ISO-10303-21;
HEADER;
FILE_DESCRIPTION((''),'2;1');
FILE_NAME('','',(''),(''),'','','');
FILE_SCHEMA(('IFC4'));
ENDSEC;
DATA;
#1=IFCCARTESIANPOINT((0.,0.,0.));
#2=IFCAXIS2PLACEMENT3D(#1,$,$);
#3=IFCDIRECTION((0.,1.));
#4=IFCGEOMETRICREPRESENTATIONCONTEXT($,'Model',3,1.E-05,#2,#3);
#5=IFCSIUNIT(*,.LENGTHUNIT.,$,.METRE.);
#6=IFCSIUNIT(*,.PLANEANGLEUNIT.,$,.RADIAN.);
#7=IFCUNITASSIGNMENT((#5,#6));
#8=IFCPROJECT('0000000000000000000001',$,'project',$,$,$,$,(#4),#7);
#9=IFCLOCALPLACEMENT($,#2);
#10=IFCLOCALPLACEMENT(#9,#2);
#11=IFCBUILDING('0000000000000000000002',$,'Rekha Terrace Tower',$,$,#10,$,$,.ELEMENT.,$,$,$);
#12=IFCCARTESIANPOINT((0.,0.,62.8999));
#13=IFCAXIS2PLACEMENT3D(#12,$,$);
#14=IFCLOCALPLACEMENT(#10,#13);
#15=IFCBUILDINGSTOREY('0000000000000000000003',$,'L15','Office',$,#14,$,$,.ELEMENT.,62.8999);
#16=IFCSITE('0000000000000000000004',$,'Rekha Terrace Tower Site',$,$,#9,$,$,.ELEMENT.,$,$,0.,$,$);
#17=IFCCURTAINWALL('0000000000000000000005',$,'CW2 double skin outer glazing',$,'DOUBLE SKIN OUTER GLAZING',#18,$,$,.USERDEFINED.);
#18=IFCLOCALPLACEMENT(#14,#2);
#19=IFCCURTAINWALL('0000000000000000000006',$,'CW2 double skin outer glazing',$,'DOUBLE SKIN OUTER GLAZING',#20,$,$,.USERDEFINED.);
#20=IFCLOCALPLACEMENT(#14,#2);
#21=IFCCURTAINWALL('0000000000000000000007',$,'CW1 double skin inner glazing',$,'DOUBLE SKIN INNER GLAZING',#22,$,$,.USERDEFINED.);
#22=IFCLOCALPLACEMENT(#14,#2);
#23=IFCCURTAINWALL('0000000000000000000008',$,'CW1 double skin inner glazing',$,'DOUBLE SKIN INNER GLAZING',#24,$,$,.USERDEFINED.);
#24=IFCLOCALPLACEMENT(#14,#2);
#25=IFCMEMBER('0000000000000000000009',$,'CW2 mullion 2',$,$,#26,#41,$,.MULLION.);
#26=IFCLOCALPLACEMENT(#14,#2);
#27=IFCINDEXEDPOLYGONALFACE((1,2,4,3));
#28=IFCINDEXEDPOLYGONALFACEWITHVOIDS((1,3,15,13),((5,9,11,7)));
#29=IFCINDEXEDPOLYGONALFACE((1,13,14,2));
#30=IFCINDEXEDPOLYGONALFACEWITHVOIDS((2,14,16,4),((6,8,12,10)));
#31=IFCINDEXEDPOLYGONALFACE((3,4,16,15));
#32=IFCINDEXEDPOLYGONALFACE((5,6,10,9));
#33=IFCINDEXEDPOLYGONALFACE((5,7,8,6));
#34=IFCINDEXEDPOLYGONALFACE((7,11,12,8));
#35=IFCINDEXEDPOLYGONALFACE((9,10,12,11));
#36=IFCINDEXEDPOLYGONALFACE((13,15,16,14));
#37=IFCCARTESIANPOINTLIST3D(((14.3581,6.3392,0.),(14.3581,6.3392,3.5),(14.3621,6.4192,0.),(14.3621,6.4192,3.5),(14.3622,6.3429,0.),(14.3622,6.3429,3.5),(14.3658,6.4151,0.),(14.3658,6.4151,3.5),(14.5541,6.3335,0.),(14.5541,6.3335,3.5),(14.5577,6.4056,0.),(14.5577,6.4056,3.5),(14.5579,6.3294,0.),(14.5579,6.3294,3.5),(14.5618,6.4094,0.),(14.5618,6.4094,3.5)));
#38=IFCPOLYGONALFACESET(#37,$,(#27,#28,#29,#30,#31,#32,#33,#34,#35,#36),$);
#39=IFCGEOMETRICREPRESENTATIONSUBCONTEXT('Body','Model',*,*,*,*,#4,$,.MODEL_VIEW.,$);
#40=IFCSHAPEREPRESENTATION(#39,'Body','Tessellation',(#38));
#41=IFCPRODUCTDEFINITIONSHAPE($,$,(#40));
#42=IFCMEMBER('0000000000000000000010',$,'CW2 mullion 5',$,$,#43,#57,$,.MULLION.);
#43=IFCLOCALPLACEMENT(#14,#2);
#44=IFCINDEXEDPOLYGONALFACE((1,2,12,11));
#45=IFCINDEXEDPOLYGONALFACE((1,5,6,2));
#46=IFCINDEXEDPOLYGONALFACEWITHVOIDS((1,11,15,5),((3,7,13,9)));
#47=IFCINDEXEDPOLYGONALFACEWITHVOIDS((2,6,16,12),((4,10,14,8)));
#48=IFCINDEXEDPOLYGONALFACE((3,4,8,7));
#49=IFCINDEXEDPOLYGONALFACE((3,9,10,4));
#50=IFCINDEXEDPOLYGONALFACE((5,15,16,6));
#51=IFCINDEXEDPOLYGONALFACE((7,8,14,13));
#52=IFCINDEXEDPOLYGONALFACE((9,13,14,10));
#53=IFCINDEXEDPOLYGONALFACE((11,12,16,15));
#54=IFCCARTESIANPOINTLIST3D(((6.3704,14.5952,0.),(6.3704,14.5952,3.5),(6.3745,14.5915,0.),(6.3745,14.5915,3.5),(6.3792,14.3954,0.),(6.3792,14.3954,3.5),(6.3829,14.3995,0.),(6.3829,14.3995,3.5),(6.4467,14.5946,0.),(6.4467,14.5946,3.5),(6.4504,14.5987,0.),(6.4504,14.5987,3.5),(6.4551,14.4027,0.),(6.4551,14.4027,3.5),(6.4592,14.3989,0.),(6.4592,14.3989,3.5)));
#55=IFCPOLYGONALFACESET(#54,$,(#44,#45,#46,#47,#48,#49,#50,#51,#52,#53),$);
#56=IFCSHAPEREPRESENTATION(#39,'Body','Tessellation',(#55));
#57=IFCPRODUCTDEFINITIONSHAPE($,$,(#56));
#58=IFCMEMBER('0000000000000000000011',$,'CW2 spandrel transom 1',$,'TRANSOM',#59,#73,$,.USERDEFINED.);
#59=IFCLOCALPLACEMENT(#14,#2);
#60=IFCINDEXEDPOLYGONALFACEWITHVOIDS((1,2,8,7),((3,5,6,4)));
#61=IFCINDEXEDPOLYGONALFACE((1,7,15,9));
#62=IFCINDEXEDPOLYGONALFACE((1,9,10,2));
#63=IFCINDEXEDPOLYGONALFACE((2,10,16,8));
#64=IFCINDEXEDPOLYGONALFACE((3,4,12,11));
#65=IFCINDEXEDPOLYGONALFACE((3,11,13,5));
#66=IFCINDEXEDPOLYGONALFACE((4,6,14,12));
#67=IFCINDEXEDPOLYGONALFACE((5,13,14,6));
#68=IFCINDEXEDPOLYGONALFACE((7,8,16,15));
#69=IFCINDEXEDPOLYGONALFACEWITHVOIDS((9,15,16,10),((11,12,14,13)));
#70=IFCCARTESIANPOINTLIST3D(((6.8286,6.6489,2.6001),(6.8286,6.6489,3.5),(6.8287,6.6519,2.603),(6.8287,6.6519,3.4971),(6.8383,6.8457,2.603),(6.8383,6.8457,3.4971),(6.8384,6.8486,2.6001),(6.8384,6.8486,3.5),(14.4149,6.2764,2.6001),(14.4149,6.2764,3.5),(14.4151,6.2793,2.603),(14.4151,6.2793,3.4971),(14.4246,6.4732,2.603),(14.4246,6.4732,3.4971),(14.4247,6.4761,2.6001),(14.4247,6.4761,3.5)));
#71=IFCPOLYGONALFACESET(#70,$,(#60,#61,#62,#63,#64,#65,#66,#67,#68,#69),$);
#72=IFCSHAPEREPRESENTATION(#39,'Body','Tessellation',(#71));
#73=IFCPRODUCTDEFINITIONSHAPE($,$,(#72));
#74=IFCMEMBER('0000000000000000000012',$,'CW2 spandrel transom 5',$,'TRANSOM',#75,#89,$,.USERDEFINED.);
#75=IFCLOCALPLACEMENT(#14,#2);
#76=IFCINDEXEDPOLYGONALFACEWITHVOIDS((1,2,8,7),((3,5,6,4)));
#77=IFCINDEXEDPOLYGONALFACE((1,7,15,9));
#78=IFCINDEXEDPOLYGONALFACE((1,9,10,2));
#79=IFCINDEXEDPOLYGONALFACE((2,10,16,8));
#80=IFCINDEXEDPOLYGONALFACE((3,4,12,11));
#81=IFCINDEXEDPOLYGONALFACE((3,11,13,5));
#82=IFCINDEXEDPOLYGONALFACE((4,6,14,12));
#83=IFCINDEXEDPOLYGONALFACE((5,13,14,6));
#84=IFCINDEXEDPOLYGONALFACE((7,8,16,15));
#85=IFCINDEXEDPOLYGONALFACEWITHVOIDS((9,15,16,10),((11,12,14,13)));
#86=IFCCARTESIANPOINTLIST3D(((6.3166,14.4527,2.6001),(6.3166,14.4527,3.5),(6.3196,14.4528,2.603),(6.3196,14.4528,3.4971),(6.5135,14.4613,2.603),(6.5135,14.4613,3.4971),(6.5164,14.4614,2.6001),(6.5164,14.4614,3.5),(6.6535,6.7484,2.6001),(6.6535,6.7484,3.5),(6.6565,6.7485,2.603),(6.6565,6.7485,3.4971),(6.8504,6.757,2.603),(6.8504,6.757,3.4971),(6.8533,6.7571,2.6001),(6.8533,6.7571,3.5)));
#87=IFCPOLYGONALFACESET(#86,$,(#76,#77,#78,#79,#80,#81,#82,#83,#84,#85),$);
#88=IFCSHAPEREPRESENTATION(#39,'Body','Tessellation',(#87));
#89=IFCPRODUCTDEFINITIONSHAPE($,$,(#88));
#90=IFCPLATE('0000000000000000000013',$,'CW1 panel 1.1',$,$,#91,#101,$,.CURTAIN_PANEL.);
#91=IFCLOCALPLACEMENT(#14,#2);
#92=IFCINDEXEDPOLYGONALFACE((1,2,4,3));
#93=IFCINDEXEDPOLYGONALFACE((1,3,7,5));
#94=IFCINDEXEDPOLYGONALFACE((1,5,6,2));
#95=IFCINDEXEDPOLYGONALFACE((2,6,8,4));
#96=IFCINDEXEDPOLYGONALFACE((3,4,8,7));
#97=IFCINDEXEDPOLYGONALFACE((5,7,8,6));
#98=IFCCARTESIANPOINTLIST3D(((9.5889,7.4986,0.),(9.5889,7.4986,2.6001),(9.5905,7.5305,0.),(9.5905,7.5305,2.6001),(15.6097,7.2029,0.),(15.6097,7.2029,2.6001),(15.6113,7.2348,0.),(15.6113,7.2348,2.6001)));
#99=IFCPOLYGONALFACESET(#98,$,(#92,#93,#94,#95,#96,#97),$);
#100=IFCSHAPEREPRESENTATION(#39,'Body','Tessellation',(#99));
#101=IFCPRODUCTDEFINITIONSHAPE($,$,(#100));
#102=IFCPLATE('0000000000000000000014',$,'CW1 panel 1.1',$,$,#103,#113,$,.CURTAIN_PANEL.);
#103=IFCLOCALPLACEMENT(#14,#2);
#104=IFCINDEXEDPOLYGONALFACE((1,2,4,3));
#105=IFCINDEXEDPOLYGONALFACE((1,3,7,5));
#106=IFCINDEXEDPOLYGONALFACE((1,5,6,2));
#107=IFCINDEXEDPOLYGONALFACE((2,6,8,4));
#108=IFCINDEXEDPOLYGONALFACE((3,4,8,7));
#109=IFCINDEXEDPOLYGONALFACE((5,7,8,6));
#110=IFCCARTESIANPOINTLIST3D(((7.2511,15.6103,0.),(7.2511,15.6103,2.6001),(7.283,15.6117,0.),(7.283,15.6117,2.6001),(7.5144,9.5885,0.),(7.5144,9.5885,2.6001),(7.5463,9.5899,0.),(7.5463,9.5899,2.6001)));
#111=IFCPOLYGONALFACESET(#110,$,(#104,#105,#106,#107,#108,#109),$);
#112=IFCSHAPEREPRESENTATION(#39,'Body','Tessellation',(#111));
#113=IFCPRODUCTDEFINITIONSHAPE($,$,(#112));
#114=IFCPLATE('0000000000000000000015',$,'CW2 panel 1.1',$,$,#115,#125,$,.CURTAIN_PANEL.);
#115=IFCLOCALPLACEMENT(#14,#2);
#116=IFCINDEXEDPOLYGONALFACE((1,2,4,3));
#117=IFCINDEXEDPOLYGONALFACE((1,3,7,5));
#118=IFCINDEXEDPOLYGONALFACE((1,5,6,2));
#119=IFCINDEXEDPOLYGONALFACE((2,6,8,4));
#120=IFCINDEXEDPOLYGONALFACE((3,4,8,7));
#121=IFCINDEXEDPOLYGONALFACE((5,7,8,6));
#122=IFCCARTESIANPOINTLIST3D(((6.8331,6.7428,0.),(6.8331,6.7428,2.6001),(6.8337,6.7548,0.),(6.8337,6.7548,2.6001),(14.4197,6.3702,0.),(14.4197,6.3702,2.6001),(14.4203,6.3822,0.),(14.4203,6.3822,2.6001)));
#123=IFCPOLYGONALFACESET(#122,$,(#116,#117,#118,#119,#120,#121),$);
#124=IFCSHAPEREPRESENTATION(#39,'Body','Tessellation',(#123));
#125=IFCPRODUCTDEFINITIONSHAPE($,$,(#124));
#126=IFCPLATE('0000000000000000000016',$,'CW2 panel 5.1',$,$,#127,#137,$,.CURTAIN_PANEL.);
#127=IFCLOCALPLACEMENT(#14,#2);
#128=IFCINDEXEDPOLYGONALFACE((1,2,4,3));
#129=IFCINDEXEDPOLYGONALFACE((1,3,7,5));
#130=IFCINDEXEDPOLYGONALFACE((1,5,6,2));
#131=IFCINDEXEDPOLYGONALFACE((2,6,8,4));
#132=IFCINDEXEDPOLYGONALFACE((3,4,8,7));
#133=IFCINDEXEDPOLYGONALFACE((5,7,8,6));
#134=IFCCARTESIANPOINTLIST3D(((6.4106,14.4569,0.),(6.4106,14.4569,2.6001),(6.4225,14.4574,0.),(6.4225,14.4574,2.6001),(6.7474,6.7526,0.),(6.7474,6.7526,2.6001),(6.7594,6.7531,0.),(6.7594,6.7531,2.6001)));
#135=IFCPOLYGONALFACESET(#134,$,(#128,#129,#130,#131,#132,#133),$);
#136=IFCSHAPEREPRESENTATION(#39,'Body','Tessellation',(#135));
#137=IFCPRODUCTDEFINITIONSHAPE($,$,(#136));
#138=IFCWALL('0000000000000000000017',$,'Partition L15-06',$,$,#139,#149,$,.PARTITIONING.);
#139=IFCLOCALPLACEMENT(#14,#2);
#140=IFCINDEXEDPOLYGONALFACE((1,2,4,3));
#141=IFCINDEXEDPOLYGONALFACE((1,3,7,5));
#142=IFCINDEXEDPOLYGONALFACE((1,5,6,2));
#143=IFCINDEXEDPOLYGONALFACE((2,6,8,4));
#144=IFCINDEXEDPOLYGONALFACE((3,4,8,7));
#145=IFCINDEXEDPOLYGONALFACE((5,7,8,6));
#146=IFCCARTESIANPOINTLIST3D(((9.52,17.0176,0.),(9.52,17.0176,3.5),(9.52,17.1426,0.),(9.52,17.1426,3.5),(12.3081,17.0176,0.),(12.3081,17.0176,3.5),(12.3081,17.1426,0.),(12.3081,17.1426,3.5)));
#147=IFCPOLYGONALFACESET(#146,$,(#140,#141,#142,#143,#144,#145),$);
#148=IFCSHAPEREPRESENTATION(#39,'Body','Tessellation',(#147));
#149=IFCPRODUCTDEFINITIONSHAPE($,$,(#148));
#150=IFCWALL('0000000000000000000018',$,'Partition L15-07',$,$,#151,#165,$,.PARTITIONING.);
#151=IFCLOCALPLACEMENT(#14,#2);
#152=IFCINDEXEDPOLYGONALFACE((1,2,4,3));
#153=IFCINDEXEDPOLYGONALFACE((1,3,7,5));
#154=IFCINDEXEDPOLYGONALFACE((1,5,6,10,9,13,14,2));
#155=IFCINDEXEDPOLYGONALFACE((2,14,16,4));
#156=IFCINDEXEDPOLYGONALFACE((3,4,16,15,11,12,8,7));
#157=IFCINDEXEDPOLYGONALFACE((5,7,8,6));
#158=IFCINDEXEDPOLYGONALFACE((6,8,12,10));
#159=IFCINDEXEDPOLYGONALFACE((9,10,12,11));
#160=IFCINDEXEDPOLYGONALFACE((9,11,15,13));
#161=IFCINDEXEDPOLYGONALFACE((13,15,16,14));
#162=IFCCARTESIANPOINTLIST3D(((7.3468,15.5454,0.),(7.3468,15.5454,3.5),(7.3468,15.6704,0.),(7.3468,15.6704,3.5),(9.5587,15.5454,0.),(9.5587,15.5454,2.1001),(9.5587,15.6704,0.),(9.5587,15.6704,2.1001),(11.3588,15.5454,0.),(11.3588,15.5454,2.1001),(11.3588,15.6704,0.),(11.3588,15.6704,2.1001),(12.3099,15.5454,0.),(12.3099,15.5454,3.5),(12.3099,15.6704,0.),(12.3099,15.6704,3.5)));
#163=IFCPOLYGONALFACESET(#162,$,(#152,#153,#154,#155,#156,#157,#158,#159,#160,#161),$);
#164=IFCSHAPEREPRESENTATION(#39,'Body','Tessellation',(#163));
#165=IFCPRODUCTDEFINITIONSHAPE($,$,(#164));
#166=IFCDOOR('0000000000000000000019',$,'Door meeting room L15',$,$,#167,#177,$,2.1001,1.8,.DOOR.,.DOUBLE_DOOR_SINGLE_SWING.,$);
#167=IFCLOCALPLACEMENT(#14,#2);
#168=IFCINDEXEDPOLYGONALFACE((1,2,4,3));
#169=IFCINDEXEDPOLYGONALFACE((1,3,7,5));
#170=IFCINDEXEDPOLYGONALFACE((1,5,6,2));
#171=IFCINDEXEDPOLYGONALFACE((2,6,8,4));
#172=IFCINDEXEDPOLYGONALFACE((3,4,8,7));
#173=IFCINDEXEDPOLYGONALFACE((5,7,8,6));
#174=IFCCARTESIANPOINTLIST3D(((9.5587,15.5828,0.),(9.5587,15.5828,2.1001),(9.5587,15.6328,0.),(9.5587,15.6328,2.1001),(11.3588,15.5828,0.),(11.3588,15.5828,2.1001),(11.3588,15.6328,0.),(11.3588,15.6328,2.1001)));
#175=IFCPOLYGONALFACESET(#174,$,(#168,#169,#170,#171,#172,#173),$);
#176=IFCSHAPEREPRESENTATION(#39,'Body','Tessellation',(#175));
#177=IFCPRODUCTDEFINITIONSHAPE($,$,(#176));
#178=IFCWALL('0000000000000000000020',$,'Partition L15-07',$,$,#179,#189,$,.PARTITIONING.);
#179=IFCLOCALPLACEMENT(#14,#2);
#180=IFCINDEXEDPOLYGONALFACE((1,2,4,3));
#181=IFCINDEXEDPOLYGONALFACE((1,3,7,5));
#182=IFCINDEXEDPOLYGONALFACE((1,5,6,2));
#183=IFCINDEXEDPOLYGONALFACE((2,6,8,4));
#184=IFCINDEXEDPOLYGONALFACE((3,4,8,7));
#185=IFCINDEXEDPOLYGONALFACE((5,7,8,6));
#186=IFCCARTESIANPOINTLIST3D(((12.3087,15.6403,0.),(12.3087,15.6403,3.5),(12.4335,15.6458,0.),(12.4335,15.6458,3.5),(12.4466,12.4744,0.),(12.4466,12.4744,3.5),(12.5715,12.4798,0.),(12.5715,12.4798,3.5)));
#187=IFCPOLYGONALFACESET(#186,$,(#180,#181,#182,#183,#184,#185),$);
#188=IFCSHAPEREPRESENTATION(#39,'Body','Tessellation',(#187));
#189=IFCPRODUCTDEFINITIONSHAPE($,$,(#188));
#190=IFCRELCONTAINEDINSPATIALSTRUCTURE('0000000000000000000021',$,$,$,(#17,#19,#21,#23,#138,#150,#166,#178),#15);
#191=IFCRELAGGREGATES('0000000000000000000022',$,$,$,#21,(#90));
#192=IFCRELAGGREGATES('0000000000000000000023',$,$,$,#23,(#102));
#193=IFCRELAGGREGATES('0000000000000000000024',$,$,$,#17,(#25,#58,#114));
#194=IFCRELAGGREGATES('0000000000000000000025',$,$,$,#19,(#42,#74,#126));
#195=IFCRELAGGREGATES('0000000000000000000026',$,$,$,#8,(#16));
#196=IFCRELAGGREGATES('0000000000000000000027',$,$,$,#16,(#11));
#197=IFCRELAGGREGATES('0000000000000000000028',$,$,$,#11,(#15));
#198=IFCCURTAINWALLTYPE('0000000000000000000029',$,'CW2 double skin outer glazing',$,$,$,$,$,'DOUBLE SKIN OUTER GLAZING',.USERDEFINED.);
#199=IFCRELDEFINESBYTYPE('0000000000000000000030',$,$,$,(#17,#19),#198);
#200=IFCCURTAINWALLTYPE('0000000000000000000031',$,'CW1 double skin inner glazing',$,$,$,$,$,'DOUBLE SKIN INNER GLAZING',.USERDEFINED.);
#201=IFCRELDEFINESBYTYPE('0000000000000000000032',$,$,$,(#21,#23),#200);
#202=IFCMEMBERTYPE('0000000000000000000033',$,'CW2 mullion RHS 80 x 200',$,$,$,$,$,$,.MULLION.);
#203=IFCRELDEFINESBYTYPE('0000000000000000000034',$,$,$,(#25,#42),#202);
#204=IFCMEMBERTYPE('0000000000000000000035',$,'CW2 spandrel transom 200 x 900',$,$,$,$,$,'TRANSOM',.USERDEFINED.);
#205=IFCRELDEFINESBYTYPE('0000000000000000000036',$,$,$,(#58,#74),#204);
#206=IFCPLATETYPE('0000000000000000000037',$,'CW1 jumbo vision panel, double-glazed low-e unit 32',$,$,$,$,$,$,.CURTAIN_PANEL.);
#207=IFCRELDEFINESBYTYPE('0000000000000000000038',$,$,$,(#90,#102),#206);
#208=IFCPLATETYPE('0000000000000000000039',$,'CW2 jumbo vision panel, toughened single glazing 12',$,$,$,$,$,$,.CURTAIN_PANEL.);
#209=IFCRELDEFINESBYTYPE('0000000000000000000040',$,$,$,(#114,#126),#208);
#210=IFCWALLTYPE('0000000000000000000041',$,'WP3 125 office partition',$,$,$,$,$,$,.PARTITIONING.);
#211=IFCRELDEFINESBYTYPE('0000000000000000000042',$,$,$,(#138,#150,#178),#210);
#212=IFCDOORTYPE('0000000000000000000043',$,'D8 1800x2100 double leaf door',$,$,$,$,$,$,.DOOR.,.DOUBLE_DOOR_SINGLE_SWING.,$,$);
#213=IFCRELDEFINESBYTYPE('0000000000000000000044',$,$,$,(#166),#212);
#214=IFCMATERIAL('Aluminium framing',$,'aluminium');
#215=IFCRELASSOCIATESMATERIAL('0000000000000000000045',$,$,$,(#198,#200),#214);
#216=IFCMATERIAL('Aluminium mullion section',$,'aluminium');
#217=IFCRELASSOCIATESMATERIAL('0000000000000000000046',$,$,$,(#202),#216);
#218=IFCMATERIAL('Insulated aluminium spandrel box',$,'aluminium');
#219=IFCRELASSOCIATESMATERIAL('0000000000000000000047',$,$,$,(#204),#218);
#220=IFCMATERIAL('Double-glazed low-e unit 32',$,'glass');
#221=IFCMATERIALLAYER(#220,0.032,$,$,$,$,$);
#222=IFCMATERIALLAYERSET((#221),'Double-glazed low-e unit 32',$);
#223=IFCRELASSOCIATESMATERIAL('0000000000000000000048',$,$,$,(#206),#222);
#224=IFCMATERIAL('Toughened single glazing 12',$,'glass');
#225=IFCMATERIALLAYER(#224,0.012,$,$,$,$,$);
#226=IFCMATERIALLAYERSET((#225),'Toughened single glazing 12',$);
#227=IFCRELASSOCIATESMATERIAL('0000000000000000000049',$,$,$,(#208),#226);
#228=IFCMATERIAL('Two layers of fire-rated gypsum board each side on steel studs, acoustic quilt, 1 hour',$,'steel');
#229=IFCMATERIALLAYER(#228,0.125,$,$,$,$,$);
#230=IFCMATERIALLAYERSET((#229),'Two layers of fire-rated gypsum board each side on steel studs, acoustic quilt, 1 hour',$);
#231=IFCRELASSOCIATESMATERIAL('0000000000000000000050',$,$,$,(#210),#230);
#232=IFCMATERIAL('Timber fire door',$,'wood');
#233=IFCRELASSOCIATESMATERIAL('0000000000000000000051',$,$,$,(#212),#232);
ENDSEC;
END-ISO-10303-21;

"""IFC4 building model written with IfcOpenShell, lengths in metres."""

from ifc_helpers import new_model, si_unit, direction, frame, frame_2d, origin, origin_2d, place, context, subcontext, project, spatial, rectangle, hollow_rectangle, extrude, material, layer, layer_set, material_profile, profile_set, type_object, element, fill, aggregate, save


model = new_model("IFC4")

# Units and contexts
model_context = context("Model", 3, precision=1e-05, world=origin(), true_north=direction((0.0, 1.0)))
body_context = subcontext(model_context, "Body", "Model", "MODEL_VIEW")
ifc_project = project(units=[si_unit("LENGTHUNIT", "METRE"), si_unit("PLANEANGLEUNIT", "RADIAN")], contexts=[model_context])

# Site, building, storey
site_placement = place(None, origin())
site = spatial("IfcSite", under=ifc_project, at=site_placement, Name="Rekha Terrace Tower Site", CompositionType="ELEMENT", RefElevation=0.0)
building_placement = place(site_placement, origin())
building = spatial("IfcBuilding", under=site, at=building_placement, Name="Rekha Terrace Tower", CompositionType="ELEMENT")
storey_placement = place(building_placement, frame((0.0, 0.0, 62.8999)))
storey = spatial("IfcBuildingStorey", under=building, at=storey_placement, Name="L15", Description="Office", CompositionType="ELEMENT", Elevation=62.8999)

# Curtain walls
ifc_material_1 = material(Name="Aluminium framing", Category="aluminium")
curtain_wall_type_1 = type_object("IfcCurtainWallType", Name="CW2 double skin outer glazing", ElementType="DOUBLE SKIN OUTER GLAZING", PredefinedType="USERDEFINED", material=ifc_material_1)
curtain_wall_1_placement = place(storey_placement, origin())
curtain_wall_1 = element("IfcCurtainWall", 1, at=curtain_wall_1_placement, inside=storey, type_object=curtain_wall_type_1, Name="CW2 double skin outer glazing", ObjectType="DOUBLE SKIN OUTER GLAZING", PredefinedType="USERDEFINED")
curtain_wall_2_placement = place(storey_placement, origin())
curtain_wall_2 = element("IfcCurtainWall", 2, at=curtain_wall_2_placement, inside=storey, type_object=curtain_wall_type_1, Name="CW2 double skin outer glazing", ObjectType="DOUBLE SKIN OUTER GLAZING", PredefinedType="USERDEFINED")
curtain_wall_type_2 = type_object("IfcCurtainWallType", Name="CW1 double skin inner glazing", ElementType="DOUBLE SKIN INNER GLAZING", PredefinedType="USERDEFINED", material=ifc_material_1)
curtain_wall_3_placement = place(storey_placement, origin())
curtain_wall_3 = element("IfcCurtainWall", 3, at=curtain_wall_3_placement, inside=storey, type_object=curtain_wall_type_2, Name="CW1 double skin inner glazing", ObjectType="DOUBLE SKIN INNER GLAZING", PredefinedType="USERDEFINED")
ifc_material_2 = material(Name="Aluminium mullion section", Category="aluminium")

# Curtain wall
curtain_wall_4_placement = place(storey_placement, origin())
curtain_wall_4 = element("IfcCurtainWall", 4, at=curtain_wall_4_placement, inside=storey, type_object=curtain_wall_type_2, Name="CW1 double skin inner glazing", ObjectType="DOUBLE SKIN INNER GLAZING", PredefinedType="USERDEFINED")

# Members
ifc_material_3 = material(Name="Insulated aluminium spandrel box", Category="aluminium")
ifc_material_profile_1 = material_profile(ifc_material_2, hollow_rectangle(XDim=0.0801, YDim=0.2, WallThickness=0.0039, at=origin_2d()), Name="AL RHS 80x200")
ifc_profile_set_1 = profile_set([ifc_material_profile_1], Name="Aluminium mullion section")
member_type_1 = type_object("IfcMemberType", Name="CW2 mullion RHS 80 x 200", PredefinedType="MULLION", material=ifc_profile_set_1)
member_1_placement = place(storey_placement, frame((14.46, 6.3743, 0.0), z_axis=(0.0, 0.0, 1.0), x_axis=(0.049052, 0.998796, 0.0)))
member_1 = element("IfcMember", 5, at=member_1_placement, type_object=member_type_1, Name="CW2 mullion 2", PredefinedType="MULLION", context=body_context, shape_type="SweptSolid", body=[
    extrude(hollow_rectangle(XDim=0.0801, YDim=0.2, WallThickness=0.0039, at=origin_2d()), origin(), (0.0, 0.0, 1.0), 3.5),
])
member_2_placement = place(storey_placement, frame((6.4148, 14.4971, 0.0), z_axis=(0.0, 0.0, 1.0), x_axis=(0.999045, 0.043683, 0.0)))
member_2 = element("IfcMember", 6, at=member_2_placement, type_object=member_type_1, Name="CW2 mullion 5", PredefinedType="MULLION", context=body_context, shape_type="SweptSolid", body=[
    extrude(hollow_rectangle(XDim=0.0801, YDim=0.2, WallThickness=0.0039, at=origin_2d()), origin(), (0.0, 0.0, 1.0), 3.5),
])
ifc_material_profile_2 = material_profile(ifc_material_3, hollow_rectangle(XDim=0.2, YDim=0.8999, WallThickness=0.0029, at=origin_2d()), Name="AL SPANDREL BOX 200x900")
ifc_profile_set_2 = profile_set([ifc_material_profile_2], Name="Insulated aluminium spandrel box")
member_type_2 = type_object("IfcMemberType", Name="CW2 spandrel transom 200 x 900", ElementType="TRANSOM", PredefinedType="USERDEFINED", material=ifc_profile_set_2)
member_3_placement = place(storey_placement, frame((6.8335, 6.7488, 3.05), z_axis=(0.998796, -0.049049, 0.0), x_axis=(0.049049, 0.998796, 0.0)))
member_3 = element("IfcMember", 7, at=member_3_placement, type_object=member_type_2, Name="CW2 spandrel transom 1", ObjectType="TRANSOM", PredefinedType="USERDEFINED", context=body_context, shape_type="SweptSolid", body=[
    extrude(hollow_rectangle(XDim=0.2, YDim=0.8999, WallThickness=0.0029, at=origin_2d()), origin(), (0.0, 0.0, 1.0), 7.5955),
])
member_4_placement = place(storey_placement, frame((6.4165, 14.457, 3.05), z_axis=(0.043689, -0.999045, 0.0), x_axis=(0.999045, 0.043689, 0.0)))
member_4 = element("IfcMember", 8, at=member_4_placement, type_object=member_type_2, Name="CW2 spandrel transom 5", ObjectType="TRANSOM", PredefinedType="USERDEFINED", context=body_context, shape_type="SweptSolid", body=[
    extrude(hollow_rectangle(XDim=0.2, YDim=0.8999, WallThickness=0.0029, at=origin_2d()), origin(), (0.0, 0.0, 1.0), 7.7117),
])

# Plates
ifc_material_4 = material(Name="Double-glazed low-e unit 32", Category="glass")
ifc_layer_1 = layer(ifc_material_4, 0.032)
ifc_layer_set_1 = layer_set([ifc_layer_1], Name="Double-glazed low-e unit 32")
plate_type_1 = type_object("IfcPlateType", Name="CW1 jumbo vision panel, double-glazed low-e unit 32", PredefinedType="CURTAIN_PANEL", material=ifc_layer_set_1)
plate_1_placement = place(storey_placement, frame((12.6001, 7.3667, 0.0), z_axis=(0.0, 0.0, 1.0), x_axis=(0.998796, -0.049052, 0.0)))
plate_1 = element("IfcPlate", 9, at=plate_1_placement, type_object=plate_type_1, Name="CW1 panel 1.1", PredefinedType="CURTAIN_PANEL", context=body_context, shape_type="SweptSolid", body=[
    extrude(rectangle(XDim=6.0281, YDim=0.032, at=origin_2d()), origin(), (0.0, 0.0, 1.0), 2.6001),
])
aggregate(curtain_wall_3, [plate_1])
plate_2_placement = place(storey_placement, frame((7.3987, 12.6001, 0.0), z_axis=(0.0, 0.0, 1.0), x_axis=(0.043683, -0.999045, 0.0)))
plate_2 = element("IfcPlate", 10, at=plate_2_placement, type_object=plate_type_1, Name="CW1 panel 1.1", PredefinedType="CURTAIN_PANEL", context=body_context, shape_type="SweptSolid", body=[
    extrude(rectangle(XDim=6.0276, YDim=0.032, at=origin_2d()), origin(), (0.0, 0.0, 1.0), 2.6001),
])
aggregate(curtain_wall_4, [plate_2])
ifc_material_5 = material(Name="Toughened single glazing 12", Category="glass")
ifc_layer_2 = layer(ifc_material_5, 0.012)
ifc_layer_set_2 = layer_set([ifc_layer_2], Name="Toughened single glazing 12")
plate_type_2 = type_object("IfcPlateType", Name="CW2 jumbo vision panel, toughened single glazing 12", PredefinedType="CURTAIN_PANEL", material=ifc_layer_set_2)
plate_3_placement = place(storey_placement, frame((10.6267, 6.5625, 0.0), z_axis=(0.0, 0.0, 1.0), x_axis=(0.998796, -0.049052, 0.0)))
plate_3 = element("IfcPlate", 11, at=plate_3_placement, type_object=plate_type_2, Name="CW2 panel 1.1", PredefinedType="CURTAIN_PANEL", context=body_context, shape_type="SweptSolid", body=[
    extrude(rectangle(XDim=7.5957, YDim=0.012, at=origin_2d()), origin(), (0.0, 0.0, 1.0), 2.6001),
])
aggregate(curtain_wall_1, [member_1, member_3, plate_3])
plate_4_placement = place(storey_placement, frame((6.585, 10.605, 0.0), z_axis=(0.0, 0.0, 1.0), x_axis=(0.043683, -0.999045, 0.0)))
plate_4 = element("IfcPlate", 12, at=plate_4_placement, type_object=plate_type_2, Name="CW2 panel 5.1", PredefinedType="CURTAIN_PANEL", context=body_context, shape_type="SweptSolid", body=[
    extrude(rectangle(XDim=7.7117, YDim=0.012, at=origin_2d()), origin(), (0.0, 0.0, 1.0), 2.6001),
])
aggregate(curtain_wall_2, [member_2, member_4, plate_4])

# Wall
ifc_material_6 = material(Name="Two layers of fire-rated gypsum board each side on steel studs, acoustic quilt, 1 hour", Category="steel")
ifc_layer_3 = layer(ifc_material_6, 0.125)
ifc_layer_set_3 = layer_set([ifc_layer_3], Name="Two layers of fire-rated gypsum board each side on steel studs, acoustic quilt, 1 hour")
wall_type = type_object("IfcWallType", Name="WP3 125 office partition", PredefinedType="PARTITIONING", material=ifc_layer_set_3)
wall_1_placement = place(storey_placement, frame((12.3081, 17.0801, 0.0), z_axis=(0.0, 0.0, 1.0), x_axis=(-1.0, 0.0, 0.0)))
element("IfcWall", 13, at=wall_1_placement, inside=storey, type_object=wall_type, Name="Partition L15-06", PredefinedType="PARTITIONING", context=body_context, shape_type="SweptSolid", body=[
    extrude(rectangle(XDim=2.7881, YDim=0.125, at=frame_2d((1.394, 0.0))), origin(), (0.0, 0.0, 1.0), 3.5),
])

# Wall, opening, door
wall_2_placement = place(storey_placement, frame((7.3469, 15.6079, 0.0), z_axis=(0.0, 0.0, 1.0), x_axis=(1.0, 0.0, 0.0)))
wall_2 = element("IfcWall", 14, at=wall_2_placement, inside=storey, type_object=wall_type, Name="Partition L15-07", PredefinedType="PARTITIONING", context=body_context, shape_type="SweptSolid", body=[
    extrude(rectangle(XDim=4.9631, YDim=0.125, at=frame_2d((2.4814, 0.0))), origin(), (0.0, 0.0, 1.0), 3.5),
])
opening_placement = place(wall_2_placement, frame((2.2119, 0.0, 0.0)))
opening = element("IfcOpeningElement", 15, at=opening_placement, cuts=wall_2, PredefinedType="OPENING", context=body_context, shape_type="SweptSolid", body=[
    extrude(rectangle(XDim=1.8, YDim=2.1001, at=frame_2d((0.8999, 1.05))), frame((0.0, 0.0725, 0.0), z_axis=(0.0, -1.0, 0.0), x_axis=(1.0, 0.0, 0.0)), (0.0, 0.0, 1.0), 0.145),
])
ifc_material_7 = material(Name="Timber fire door", Category="wood")
door_type = type_object("IfcDoorType", Name="D8 1800x2100 double leaf door", OperationType="DOUBLE_DOOR_SINGLE_SWING", PredefinedType="DOOR", material=ifc_material_7)
door_placement = place(opening_placement, origin())
door = element("IfcDoor", 16, at=door_placement, inside=storey, type_object=door_type, Name="Door meeting room L15", OperationType="DOUBLE_DOOR_SINGLE_SWING", OverallHeight=2.1001, OverallWidth=1.8, PredefinedType="DOOR", context=body_context, shape_type="SweptSolid", body=[
    extrude(rectangle(XDim=1.8, YDim=2.1001, at=frame_2d((0.8999, 1.05))), frame((0.0, 0.0249, 0.0), z_axis=(0.0, -1.0, 0.0), x_axis=(1.0, 0.0, 0.0)), (0.0, 0.0, 1.0), 0.05),
])
fill(opening, door)

# Wall
wall_3_placement = place(storey_placement, frame((12.3711, 15.6431, 0.0), z_axis=(0.0, 0.0, 1.0), x_axis=(0.043527, -0.999052, 0.0)))
element("IfcWall", 17, at=wall_3_placement, inside=storey, type_object=wall_type, Name="Partition L15-07", PredefinedType="PARTITIONING", context=body_context, shape_type="SweptSolid", body=[
    extrude(rectangle(XDim=3.1689, YDim=0.125, at=frame_2d((1.5845, 0.0))), origin(), (0.0, 0.0, 1.0), 3.5),
])

save(model, "model.ifc")
